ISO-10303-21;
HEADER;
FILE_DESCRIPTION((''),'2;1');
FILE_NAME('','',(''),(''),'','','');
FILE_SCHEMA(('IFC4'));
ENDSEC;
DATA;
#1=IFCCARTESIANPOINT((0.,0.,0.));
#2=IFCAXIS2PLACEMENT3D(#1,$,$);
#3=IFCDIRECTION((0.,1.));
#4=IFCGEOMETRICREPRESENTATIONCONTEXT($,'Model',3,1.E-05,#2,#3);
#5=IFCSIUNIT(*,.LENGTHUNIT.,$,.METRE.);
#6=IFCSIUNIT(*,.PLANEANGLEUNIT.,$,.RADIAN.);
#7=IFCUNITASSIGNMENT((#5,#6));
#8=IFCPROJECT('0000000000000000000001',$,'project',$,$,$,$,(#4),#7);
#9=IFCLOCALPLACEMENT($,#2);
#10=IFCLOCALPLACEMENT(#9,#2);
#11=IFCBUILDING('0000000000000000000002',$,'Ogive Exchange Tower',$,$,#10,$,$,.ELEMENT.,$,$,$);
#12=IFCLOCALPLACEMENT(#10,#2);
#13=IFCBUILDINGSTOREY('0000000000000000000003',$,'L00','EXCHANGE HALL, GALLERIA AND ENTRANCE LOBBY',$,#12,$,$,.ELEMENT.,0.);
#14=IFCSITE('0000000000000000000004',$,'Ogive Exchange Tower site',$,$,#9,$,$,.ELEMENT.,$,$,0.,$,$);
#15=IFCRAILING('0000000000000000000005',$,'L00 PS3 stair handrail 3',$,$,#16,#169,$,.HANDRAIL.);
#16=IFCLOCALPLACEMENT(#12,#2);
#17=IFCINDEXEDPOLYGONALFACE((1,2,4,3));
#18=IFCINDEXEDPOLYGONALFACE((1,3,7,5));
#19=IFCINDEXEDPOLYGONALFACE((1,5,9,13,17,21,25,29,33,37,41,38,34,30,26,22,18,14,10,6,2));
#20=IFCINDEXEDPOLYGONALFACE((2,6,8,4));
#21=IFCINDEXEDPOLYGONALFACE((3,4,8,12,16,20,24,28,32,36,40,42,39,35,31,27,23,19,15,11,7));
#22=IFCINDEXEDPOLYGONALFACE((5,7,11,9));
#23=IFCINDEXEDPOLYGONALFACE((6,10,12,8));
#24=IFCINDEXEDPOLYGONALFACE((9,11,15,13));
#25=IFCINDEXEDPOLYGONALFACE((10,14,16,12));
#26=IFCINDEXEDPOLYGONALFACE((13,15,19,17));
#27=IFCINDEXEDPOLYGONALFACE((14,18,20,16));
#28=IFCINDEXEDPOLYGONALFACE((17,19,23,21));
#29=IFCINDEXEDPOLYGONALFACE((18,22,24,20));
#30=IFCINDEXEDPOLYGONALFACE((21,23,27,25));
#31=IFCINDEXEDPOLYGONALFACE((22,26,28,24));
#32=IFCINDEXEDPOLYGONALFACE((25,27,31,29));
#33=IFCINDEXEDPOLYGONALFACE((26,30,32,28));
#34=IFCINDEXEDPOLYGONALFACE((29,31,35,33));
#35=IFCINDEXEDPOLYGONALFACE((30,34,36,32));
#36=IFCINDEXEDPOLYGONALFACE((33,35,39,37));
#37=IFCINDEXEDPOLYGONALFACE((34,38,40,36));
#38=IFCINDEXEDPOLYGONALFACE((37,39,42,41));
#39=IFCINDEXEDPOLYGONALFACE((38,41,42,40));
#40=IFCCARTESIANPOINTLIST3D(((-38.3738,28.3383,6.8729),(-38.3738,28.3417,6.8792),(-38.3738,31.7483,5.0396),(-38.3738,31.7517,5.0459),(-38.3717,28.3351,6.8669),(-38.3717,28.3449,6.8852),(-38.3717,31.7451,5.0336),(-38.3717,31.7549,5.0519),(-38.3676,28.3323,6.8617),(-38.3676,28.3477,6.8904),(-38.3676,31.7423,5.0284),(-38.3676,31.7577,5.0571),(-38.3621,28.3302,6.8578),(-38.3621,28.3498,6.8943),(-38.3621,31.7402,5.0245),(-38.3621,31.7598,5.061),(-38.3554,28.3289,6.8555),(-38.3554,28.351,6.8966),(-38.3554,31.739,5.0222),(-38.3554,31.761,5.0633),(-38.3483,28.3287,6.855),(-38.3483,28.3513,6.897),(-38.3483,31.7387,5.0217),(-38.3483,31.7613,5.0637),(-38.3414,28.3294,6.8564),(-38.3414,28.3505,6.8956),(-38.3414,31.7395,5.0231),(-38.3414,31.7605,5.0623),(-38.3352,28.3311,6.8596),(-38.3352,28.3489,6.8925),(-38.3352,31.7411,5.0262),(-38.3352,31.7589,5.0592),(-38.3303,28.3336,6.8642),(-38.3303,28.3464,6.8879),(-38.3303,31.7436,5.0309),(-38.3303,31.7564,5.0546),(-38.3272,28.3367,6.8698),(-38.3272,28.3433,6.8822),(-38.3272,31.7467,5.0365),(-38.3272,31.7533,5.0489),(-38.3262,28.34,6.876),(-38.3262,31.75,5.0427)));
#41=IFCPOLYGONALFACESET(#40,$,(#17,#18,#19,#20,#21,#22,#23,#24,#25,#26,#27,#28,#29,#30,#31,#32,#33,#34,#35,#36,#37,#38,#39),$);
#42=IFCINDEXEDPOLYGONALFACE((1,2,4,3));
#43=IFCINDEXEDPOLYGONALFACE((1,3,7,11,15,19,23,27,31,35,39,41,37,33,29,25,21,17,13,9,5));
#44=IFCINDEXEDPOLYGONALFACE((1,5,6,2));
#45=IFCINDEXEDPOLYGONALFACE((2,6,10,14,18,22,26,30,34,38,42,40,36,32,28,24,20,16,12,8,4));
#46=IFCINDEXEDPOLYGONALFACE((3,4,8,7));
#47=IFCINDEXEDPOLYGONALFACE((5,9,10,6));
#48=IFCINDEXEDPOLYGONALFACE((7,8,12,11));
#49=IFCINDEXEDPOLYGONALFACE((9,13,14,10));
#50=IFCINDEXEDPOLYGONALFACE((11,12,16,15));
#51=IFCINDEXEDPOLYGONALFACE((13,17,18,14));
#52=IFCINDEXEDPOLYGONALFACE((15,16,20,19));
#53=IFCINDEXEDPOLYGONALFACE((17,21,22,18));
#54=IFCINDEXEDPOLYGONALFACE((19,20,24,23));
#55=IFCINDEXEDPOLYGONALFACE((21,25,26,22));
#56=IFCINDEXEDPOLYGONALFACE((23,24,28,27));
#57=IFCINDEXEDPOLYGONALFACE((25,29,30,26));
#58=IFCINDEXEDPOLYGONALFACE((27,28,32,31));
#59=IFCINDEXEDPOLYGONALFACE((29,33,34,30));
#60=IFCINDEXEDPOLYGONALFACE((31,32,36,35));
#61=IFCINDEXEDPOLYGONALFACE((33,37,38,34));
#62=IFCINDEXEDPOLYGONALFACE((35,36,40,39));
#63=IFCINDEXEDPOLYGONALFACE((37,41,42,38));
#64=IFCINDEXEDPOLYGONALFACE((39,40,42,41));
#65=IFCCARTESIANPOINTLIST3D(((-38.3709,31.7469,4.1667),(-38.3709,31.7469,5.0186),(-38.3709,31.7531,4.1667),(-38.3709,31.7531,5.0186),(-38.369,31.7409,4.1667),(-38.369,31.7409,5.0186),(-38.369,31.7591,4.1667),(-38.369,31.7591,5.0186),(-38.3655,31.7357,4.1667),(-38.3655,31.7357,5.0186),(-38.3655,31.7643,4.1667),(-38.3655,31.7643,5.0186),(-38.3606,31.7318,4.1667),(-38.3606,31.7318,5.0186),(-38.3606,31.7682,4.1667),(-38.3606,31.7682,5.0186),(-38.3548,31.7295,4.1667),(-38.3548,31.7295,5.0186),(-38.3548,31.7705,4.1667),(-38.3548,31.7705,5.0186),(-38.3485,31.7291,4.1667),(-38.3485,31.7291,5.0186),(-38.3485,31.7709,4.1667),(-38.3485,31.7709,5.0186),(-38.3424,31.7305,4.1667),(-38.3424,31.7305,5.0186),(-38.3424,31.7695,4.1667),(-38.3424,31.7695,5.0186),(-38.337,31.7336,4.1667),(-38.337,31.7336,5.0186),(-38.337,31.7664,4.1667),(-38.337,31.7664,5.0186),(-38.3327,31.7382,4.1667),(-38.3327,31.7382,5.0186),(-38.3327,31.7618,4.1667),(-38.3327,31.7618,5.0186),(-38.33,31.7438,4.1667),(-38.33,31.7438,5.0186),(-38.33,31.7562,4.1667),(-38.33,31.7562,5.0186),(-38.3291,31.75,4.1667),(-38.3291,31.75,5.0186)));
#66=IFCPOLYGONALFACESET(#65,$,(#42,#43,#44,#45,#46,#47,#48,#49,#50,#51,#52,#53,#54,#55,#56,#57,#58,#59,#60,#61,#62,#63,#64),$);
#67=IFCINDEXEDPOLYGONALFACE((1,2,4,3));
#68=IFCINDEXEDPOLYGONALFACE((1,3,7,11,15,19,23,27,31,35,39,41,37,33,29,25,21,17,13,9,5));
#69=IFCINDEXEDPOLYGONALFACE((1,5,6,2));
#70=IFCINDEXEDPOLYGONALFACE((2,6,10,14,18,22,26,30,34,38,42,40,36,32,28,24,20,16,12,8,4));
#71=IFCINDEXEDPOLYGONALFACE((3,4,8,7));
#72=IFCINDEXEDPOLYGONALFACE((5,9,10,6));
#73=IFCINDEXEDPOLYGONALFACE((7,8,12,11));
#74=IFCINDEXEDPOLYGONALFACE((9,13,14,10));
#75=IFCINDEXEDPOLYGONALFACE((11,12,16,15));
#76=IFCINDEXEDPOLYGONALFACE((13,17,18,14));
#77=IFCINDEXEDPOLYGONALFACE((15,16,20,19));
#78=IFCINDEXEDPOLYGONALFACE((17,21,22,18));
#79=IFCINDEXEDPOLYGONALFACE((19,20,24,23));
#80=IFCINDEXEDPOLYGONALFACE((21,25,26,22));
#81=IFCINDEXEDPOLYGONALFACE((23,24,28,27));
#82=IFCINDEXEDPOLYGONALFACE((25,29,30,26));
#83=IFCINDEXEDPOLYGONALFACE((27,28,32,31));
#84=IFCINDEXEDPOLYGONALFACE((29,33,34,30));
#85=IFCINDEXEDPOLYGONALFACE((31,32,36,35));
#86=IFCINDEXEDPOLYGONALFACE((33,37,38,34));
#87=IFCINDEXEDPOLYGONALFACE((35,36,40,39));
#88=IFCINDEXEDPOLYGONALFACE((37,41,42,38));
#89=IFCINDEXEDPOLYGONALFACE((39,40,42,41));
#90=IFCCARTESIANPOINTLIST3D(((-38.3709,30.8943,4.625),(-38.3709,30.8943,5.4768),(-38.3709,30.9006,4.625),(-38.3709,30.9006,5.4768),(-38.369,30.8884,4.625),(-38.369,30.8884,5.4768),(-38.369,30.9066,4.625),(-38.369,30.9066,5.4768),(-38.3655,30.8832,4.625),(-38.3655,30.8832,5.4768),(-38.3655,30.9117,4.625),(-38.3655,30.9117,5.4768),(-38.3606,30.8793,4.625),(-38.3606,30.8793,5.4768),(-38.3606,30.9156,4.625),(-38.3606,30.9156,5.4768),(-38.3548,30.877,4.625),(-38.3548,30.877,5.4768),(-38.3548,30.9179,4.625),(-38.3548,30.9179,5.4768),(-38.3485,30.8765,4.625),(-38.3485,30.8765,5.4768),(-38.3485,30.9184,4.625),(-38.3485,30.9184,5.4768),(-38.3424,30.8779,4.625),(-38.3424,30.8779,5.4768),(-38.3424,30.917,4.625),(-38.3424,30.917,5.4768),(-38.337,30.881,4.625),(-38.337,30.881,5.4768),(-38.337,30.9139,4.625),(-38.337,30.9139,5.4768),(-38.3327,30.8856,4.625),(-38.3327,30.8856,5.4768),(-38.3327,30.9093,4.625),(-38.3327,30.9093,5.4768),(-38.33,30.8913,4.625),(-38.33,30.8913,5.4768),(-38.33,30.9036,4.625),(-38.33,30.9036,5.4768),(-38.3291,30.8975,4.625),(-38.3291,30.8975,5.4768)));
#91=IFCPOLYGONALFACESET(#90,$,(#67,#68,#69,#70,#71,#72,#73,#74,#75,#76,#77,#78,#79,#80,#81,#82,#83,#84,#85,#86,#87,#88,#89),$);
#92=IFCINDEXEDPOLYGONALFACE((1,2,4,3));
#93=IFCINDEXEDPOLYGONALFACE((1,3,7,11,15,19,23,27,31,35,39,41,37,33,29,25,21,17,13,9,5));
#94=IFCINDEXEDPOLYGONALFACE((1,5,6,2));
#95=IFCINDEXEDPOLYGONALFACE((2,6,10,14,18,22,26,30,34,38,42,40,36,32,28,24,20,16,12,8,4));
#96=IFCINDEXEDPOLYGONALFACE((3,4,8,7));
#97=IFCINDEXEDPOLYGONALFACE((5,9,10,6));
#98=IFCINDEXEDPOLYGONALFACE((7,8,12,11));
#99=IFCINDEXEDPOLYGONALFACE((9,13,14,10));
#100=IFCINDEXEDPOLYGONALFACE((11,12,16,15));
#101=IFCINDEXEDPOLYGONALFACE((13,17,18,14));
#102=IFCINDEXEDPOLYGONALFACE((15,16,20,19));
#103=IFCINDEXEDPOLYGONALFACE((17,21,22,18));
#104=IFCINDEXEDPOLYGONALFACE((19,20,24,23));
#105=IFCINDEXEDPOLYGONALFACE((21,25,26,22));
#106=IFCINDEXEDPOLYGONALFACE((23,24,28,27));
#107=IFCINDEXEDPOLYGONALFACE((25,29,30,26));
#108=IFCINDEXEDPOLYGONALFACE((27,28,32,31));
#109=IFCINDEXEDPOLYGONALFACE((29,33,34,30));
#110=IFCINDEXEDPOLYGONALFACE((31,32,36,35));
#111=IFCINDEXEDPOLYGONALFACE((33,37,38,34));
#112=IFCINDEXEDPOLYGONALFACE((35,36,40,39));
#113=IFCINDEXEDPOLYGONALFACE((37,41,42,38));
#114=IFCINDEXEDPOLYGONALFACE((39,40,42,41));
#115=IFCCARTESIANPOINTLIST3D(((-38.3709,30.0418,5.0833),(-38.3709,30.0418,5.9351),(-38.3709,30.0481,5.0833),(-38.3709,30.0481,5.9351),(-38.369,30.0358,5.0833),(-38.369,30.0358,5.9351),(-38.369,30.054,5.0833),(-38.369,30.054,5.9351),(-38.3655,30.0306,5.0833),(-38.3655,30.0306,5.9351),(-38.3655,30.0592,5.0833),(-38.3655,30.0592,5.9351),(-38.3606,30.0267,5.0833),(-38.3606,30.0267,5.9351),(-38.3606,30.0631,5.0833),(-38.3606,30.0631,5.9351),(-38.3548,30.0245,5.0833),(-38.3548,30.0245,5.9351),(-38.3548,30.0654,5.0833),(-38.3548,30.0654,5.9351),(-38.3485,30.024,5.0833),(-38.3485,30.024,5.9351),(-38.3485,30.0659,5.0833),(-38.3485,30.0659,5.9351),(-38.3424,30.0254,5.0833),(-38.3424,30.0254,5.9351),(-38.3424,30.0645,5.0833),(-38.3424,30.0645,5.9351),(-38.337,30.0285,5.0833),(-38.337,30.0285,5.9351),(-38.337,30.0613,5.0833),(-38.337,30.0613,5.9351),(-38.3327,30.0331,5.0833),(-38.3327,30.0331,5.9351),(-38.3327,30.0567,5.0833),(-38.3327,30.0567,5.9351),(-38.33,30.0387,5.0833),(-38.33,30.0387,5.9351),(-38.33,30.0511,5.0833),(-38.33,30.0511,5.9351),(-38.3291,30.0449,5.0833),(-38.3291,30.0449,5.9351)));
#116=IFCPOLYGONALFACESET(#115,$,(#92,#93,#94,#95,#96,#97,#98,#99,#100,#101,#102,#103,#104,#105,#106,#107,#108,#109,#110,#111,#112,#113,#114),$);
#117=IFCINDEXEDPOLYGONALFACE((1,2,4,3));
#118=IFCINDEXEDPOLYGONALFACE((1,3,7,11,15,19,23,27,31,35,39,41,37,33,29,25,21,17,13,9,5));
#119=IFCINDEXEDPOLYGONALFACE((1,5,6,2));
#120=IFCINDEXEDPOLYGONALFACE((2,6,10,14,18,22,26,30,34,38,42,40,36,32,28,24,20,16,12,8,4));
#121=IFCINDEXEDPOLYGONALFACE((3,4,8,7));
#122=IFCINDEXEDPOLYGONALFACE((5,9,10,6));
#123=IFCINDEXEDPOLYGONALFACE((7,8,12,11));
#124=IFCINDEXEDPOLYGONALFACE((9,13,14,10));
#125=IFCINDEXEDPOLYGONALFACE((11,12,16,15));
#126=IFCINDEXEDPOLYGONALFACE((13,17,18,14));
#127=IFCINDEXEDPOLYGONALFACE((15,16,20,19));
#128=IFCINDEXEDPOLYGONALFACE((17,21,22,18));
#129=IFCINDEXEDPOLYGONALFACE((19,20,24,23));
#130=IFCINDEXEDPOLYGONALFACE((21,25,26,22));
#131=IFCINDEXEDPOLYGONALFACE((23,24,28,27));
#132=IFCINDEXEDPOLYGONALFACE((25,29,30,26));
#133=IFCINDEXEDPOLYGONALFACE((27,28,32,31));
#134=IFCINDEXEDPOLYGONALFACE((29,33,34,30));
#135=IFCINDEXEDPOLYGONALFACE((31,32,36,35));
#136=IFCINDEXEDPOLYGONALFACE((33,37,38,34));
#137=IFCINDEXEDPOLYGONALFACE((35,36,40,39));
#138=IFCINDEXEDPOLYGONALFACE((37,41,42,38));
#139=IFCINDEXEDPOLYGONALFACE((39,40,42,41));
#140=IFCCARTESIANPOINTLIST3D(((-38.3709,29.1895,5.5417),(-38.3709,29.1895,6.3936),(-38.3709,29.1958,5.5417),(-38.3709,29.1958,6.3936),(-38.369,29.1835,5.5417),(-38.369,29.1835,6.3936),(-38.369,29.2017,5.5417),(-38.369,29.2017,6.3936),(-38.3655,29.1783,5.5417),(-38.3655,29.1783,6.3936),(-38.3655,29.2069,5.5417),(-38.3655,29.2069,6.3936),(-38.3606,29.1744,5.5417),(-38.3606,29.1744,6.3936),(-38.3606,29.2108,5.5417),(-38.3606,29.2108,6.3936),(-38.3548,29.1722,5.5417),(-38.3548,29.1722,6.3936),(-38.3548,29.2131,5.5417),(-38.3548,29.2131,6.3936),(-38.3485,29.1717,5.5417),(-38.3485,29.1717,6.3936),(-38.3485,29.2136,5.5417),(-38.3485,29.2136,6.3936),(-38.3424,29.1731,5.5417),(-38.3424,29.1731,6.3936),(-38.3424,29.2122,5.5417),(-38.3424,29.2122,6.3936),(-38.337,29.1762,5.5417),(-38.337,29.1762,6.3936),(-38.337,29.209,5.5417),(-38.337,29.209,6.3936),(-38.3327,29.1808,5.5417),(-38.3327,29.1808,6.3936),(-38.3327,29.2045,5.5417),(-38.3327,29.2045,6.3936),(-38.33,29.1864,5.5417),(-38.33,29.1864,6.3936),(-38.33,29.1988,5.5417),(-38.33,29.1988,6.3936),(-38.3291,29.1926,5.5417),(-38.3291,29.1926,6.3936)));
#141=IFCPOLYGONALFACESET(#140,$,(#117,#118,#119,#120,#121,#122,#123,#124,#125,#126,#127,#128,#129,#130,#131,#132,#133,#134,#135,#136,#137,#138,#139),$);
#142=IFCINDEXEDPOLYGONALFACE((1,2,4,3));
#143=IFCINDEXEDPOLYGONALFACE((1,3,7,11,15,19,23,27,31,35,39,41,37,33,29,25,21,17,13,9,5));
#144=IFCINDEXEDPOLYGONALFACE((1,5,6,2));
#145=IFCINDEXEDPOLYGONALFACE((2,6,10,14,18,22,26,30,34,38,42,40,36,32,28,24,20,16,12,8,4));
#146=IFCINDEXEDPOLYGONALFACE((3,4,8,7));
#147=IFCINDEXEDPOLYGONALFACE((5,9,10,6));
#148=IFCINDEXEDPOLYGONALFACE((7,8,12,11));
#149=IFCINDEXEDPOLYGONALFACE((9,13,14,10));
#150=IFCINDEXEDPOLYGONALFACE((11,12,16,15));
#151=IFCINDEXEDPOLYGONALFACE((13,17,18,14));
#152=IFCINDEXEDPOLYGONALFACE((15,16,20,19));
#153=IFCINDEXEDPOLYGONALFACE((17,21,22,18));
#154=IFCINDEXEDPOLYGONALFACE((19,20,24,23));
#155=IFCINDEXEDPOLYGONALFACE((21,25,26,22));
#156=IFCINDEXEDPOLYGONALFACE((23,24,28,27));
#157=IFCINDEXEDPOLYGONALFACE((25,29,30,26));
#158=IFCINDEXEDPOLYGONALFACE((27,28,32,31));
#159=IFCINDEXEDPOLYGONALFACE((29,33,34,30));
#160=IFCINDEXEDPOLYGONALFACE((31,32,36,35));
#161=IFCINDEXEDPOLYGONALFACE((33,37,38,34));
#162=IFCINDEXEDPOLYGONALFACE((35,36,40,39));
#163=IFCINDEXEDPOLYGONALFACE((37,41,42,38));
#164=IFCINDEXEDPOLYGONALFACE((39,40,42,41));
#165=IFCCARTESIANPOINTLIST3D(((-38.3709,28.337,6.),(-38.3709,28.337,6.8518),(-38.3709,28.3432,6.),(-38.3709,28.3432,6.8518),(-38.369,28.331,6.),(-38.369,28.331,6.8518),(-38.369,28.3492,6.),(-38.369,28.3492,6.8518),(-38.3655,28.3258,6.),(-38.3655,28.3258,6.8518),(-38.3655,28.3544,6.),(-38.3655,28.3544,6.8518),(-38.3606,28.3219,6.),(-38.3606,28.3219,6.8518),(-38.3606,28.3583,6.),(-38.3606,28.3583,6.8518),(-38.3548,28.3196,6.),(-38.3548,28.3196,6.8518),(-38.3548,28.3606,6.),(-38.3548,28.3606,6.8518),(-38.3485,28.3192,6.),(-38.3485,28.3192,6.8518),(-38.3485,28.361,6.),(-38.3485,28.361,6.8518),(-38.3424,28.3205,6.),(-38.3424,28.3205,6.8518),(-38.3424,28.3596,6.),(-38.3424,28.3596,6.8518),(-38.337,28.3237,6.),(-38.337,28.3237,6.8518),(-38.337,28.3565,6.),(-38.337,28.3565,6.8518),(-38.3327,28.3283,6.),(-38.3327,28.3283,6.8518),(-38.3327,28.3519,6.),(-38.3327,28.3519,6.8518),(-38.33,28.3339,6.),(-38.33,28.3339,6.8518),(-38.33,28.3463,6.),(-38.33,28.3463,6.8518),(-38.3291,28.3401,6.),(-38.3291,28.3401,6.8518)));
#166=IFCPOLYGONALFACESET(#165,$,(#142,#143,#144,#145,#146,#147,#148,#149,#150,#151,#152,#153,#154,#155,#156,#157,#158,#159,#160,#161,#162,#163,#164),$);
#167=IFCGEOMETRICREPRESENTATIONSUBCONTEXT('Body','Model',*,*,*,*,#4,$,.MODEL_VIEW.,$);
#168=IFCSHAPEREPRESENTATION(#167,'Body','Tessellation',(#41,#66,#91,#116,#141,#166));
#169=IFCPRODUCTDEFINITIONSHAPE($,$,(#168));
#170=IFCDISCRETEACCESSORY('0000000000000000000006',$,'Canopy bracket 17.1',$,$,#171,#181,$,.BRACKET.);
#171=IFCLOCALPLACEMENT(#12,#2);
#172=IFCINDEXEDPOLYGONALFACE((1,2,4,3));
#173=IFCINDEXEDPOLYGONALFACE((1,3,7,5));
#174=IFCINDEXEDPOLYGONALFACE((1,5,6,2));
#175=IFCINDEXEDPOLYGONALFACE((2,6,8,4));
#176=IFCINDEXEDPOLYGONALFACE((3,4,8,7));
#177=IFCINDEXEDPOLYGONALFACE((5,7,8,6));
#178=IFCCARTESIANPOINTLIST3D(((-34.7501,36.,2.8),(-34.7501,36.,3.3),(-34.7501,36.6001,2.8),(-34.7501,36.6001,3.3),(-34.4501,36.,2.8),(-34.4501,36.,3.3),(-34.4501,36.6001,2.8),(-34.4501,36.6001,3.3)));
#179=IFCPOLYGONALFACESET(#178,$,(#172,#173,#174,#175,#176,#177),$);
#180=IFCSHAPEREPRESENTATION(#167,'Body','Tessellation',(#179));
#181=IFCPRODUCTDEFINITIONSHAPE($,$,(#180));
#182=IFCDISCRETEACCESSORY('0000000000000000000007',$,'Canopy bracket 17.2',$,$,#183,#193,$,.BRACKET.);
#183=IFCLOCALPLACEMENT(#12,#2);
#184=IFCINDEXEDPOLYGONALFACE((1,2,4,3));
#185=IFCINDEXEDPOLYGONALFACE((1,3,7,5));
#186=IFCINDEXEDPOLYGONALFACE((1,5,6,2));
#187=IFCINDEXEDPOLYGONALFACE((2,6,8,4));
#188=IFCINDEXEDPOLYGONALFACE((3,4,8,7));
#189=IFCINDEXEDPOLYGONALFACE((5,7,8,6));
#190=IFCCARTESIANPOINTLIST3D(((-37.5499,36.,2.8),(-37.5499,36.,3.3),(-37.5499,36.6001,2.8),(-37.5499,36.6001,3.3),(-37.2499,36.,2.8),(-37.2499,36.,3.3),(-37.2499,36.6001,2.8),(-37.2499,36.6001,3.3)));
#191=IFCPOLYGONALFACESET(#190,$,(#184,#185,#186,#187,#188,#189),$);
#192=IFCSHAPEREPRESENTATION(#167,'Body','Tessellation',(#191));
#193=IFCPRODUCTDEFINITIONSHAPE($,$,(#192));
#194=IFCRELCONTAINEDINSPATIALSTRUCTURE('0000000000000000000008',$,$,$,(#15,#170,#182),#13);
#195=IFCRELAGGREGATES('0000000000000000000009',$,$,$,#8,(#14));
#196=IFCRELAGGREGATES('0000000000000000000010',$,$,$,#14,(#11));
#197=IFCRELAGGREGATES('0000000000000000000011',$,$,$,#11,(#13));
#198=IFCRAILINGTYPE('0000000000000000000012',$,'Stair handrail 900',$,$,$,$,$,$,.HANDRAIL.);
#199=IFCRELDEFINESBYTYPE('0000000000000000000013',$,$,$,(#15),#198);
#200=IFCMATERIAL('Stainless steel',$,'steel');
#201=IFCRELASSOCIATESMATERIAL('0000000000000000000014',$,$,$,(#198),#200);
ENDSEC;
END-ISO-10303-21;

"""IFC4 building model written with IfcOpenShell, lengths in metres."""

from ifc_helpers import new_model, si_unit, direction, frame, origin, origin_2d, place, context, subcontext, project, spatial, rectangle, circle, extrude, material, type_object, element, save


model = new_model("IFC4")

# Units and contexts
model_context = context("Model", 3, precision=1e-05, world=origin(), true_north=direction((0.0, 1.0)))
body_context = subcontext(model_context, "Body", "Model", "MODEL_VIEW")
ifc_project = project(units=[si_unit("LENGTHUNIT", "METRE"), si_unit("PLANEANGLEUNIT", "RADIAN")], contexts=[model_context])

# Site, building, storey
site_placement = place(None, origin())
site = spatial("IfcSite", under=ifc_project, at=site_placement, Name="Ogive Exchange Tower site", CompositionType="ELEMENT", RefElevation=0.0)
building_placement = place(site_placement, origin())
building = spatial("IfcBuilding", under=site, at=building_placement, Name="Ogive Exchange Tower", CompositionType="ELEMENT")
storey_placement = place(building_placement, origin())
storey = spatial("IfcBuildingStorey", under=building, at=storey_placement, Name="L00", Description="EXCHANGE HALL, GALLERIA AND ENTRANCE LOBBY", CompositionType="ELEMENT", Elevation=0.0)

# Railing
ifc_material_1 = material(Name="Stainless steel", Category="steel")
railing_type = type_object("IfcRailingType", Name="Stair handrail 900", PredefinedType="HANDRAIL", material=ifc_material_1)
for number, where, name in (
    (1, (-38.3501, 31.75, 4.1667), "L00 PS3 stair handrail 3"),
):
    element("IfcRailing", number, at=place(storey_placement, frame(where)), inside=storey, type_object=railing_type, Name=name, PredefinedType="HANDRAIL", context=body_context, shape_type="SweptSolid", body=[
        extrude(circle(Radius=0.0239, at=origin_2d()), frame((0.0, 0.0, 0.876), z_axis=(0.0, -0.880779, 0.473528), x_axis=(1.0, 0.0, 0.0)), (0.0, 0.0, 1.0), 3.8716),
        extrude(circle(Radius=0.021, at=origin_2d()), origin(), (0.0, 0.0, 1.0), 0.8518),
        extrude(circle(Radius=0.021, at=origin_2d()), frame((0.0, -0.8525, 0.4583)), (0.0, 0.0, 1.0), 0.8518),
        extrude(circle(Radius=0.021, at=origin_2d()), frame((0.0, -1.7051, 0.9165)), (0.0, 0.0, 1.0), 0.8518),
        extrude(circle(Radius=0.021, at=origin_2d()), frame((0.0, -2.5574, 1.375)), (0.0, 0.0, 1.0), 0.8518),
        extrude(circle(Radius=0.021, at=origin_2d()), frame((0.0, -3.4099, 1.8333)), (0.0, 0.0, 1.0), 0.8518),
    ])

# Discrete accessories
for number, where, z_axis, x_axis, name in (
    (2, (-34.6001, 36.3, 2.8), (0.0, 0.0, 1.0), (-1.0, 0.0, 0.0), "Canopy bracket 17.1"),
    (3, (-37.3999, 36.3, 2.8), (0.0, 0.0, 1.0), (-1.0, 0.0, 0.0), "Canopy bracket 17.2"),
):
    element("IfcDiscreteAccessory", number, at=place(storey_placement, frame(where, z_axis=z_axis, x_axis=x_axis)), inside=storey, Name=name, PredefinedType="BRACKET", context=body_context, shape_type="SweptSolid", body=[
        extrude(rectangle(XDim=0.3, YDim=0.6001, at=origin_2d()), origin(), (0.0, 0.0, 1.0), 0.5),
    ])

save(model, "model.ifc")
